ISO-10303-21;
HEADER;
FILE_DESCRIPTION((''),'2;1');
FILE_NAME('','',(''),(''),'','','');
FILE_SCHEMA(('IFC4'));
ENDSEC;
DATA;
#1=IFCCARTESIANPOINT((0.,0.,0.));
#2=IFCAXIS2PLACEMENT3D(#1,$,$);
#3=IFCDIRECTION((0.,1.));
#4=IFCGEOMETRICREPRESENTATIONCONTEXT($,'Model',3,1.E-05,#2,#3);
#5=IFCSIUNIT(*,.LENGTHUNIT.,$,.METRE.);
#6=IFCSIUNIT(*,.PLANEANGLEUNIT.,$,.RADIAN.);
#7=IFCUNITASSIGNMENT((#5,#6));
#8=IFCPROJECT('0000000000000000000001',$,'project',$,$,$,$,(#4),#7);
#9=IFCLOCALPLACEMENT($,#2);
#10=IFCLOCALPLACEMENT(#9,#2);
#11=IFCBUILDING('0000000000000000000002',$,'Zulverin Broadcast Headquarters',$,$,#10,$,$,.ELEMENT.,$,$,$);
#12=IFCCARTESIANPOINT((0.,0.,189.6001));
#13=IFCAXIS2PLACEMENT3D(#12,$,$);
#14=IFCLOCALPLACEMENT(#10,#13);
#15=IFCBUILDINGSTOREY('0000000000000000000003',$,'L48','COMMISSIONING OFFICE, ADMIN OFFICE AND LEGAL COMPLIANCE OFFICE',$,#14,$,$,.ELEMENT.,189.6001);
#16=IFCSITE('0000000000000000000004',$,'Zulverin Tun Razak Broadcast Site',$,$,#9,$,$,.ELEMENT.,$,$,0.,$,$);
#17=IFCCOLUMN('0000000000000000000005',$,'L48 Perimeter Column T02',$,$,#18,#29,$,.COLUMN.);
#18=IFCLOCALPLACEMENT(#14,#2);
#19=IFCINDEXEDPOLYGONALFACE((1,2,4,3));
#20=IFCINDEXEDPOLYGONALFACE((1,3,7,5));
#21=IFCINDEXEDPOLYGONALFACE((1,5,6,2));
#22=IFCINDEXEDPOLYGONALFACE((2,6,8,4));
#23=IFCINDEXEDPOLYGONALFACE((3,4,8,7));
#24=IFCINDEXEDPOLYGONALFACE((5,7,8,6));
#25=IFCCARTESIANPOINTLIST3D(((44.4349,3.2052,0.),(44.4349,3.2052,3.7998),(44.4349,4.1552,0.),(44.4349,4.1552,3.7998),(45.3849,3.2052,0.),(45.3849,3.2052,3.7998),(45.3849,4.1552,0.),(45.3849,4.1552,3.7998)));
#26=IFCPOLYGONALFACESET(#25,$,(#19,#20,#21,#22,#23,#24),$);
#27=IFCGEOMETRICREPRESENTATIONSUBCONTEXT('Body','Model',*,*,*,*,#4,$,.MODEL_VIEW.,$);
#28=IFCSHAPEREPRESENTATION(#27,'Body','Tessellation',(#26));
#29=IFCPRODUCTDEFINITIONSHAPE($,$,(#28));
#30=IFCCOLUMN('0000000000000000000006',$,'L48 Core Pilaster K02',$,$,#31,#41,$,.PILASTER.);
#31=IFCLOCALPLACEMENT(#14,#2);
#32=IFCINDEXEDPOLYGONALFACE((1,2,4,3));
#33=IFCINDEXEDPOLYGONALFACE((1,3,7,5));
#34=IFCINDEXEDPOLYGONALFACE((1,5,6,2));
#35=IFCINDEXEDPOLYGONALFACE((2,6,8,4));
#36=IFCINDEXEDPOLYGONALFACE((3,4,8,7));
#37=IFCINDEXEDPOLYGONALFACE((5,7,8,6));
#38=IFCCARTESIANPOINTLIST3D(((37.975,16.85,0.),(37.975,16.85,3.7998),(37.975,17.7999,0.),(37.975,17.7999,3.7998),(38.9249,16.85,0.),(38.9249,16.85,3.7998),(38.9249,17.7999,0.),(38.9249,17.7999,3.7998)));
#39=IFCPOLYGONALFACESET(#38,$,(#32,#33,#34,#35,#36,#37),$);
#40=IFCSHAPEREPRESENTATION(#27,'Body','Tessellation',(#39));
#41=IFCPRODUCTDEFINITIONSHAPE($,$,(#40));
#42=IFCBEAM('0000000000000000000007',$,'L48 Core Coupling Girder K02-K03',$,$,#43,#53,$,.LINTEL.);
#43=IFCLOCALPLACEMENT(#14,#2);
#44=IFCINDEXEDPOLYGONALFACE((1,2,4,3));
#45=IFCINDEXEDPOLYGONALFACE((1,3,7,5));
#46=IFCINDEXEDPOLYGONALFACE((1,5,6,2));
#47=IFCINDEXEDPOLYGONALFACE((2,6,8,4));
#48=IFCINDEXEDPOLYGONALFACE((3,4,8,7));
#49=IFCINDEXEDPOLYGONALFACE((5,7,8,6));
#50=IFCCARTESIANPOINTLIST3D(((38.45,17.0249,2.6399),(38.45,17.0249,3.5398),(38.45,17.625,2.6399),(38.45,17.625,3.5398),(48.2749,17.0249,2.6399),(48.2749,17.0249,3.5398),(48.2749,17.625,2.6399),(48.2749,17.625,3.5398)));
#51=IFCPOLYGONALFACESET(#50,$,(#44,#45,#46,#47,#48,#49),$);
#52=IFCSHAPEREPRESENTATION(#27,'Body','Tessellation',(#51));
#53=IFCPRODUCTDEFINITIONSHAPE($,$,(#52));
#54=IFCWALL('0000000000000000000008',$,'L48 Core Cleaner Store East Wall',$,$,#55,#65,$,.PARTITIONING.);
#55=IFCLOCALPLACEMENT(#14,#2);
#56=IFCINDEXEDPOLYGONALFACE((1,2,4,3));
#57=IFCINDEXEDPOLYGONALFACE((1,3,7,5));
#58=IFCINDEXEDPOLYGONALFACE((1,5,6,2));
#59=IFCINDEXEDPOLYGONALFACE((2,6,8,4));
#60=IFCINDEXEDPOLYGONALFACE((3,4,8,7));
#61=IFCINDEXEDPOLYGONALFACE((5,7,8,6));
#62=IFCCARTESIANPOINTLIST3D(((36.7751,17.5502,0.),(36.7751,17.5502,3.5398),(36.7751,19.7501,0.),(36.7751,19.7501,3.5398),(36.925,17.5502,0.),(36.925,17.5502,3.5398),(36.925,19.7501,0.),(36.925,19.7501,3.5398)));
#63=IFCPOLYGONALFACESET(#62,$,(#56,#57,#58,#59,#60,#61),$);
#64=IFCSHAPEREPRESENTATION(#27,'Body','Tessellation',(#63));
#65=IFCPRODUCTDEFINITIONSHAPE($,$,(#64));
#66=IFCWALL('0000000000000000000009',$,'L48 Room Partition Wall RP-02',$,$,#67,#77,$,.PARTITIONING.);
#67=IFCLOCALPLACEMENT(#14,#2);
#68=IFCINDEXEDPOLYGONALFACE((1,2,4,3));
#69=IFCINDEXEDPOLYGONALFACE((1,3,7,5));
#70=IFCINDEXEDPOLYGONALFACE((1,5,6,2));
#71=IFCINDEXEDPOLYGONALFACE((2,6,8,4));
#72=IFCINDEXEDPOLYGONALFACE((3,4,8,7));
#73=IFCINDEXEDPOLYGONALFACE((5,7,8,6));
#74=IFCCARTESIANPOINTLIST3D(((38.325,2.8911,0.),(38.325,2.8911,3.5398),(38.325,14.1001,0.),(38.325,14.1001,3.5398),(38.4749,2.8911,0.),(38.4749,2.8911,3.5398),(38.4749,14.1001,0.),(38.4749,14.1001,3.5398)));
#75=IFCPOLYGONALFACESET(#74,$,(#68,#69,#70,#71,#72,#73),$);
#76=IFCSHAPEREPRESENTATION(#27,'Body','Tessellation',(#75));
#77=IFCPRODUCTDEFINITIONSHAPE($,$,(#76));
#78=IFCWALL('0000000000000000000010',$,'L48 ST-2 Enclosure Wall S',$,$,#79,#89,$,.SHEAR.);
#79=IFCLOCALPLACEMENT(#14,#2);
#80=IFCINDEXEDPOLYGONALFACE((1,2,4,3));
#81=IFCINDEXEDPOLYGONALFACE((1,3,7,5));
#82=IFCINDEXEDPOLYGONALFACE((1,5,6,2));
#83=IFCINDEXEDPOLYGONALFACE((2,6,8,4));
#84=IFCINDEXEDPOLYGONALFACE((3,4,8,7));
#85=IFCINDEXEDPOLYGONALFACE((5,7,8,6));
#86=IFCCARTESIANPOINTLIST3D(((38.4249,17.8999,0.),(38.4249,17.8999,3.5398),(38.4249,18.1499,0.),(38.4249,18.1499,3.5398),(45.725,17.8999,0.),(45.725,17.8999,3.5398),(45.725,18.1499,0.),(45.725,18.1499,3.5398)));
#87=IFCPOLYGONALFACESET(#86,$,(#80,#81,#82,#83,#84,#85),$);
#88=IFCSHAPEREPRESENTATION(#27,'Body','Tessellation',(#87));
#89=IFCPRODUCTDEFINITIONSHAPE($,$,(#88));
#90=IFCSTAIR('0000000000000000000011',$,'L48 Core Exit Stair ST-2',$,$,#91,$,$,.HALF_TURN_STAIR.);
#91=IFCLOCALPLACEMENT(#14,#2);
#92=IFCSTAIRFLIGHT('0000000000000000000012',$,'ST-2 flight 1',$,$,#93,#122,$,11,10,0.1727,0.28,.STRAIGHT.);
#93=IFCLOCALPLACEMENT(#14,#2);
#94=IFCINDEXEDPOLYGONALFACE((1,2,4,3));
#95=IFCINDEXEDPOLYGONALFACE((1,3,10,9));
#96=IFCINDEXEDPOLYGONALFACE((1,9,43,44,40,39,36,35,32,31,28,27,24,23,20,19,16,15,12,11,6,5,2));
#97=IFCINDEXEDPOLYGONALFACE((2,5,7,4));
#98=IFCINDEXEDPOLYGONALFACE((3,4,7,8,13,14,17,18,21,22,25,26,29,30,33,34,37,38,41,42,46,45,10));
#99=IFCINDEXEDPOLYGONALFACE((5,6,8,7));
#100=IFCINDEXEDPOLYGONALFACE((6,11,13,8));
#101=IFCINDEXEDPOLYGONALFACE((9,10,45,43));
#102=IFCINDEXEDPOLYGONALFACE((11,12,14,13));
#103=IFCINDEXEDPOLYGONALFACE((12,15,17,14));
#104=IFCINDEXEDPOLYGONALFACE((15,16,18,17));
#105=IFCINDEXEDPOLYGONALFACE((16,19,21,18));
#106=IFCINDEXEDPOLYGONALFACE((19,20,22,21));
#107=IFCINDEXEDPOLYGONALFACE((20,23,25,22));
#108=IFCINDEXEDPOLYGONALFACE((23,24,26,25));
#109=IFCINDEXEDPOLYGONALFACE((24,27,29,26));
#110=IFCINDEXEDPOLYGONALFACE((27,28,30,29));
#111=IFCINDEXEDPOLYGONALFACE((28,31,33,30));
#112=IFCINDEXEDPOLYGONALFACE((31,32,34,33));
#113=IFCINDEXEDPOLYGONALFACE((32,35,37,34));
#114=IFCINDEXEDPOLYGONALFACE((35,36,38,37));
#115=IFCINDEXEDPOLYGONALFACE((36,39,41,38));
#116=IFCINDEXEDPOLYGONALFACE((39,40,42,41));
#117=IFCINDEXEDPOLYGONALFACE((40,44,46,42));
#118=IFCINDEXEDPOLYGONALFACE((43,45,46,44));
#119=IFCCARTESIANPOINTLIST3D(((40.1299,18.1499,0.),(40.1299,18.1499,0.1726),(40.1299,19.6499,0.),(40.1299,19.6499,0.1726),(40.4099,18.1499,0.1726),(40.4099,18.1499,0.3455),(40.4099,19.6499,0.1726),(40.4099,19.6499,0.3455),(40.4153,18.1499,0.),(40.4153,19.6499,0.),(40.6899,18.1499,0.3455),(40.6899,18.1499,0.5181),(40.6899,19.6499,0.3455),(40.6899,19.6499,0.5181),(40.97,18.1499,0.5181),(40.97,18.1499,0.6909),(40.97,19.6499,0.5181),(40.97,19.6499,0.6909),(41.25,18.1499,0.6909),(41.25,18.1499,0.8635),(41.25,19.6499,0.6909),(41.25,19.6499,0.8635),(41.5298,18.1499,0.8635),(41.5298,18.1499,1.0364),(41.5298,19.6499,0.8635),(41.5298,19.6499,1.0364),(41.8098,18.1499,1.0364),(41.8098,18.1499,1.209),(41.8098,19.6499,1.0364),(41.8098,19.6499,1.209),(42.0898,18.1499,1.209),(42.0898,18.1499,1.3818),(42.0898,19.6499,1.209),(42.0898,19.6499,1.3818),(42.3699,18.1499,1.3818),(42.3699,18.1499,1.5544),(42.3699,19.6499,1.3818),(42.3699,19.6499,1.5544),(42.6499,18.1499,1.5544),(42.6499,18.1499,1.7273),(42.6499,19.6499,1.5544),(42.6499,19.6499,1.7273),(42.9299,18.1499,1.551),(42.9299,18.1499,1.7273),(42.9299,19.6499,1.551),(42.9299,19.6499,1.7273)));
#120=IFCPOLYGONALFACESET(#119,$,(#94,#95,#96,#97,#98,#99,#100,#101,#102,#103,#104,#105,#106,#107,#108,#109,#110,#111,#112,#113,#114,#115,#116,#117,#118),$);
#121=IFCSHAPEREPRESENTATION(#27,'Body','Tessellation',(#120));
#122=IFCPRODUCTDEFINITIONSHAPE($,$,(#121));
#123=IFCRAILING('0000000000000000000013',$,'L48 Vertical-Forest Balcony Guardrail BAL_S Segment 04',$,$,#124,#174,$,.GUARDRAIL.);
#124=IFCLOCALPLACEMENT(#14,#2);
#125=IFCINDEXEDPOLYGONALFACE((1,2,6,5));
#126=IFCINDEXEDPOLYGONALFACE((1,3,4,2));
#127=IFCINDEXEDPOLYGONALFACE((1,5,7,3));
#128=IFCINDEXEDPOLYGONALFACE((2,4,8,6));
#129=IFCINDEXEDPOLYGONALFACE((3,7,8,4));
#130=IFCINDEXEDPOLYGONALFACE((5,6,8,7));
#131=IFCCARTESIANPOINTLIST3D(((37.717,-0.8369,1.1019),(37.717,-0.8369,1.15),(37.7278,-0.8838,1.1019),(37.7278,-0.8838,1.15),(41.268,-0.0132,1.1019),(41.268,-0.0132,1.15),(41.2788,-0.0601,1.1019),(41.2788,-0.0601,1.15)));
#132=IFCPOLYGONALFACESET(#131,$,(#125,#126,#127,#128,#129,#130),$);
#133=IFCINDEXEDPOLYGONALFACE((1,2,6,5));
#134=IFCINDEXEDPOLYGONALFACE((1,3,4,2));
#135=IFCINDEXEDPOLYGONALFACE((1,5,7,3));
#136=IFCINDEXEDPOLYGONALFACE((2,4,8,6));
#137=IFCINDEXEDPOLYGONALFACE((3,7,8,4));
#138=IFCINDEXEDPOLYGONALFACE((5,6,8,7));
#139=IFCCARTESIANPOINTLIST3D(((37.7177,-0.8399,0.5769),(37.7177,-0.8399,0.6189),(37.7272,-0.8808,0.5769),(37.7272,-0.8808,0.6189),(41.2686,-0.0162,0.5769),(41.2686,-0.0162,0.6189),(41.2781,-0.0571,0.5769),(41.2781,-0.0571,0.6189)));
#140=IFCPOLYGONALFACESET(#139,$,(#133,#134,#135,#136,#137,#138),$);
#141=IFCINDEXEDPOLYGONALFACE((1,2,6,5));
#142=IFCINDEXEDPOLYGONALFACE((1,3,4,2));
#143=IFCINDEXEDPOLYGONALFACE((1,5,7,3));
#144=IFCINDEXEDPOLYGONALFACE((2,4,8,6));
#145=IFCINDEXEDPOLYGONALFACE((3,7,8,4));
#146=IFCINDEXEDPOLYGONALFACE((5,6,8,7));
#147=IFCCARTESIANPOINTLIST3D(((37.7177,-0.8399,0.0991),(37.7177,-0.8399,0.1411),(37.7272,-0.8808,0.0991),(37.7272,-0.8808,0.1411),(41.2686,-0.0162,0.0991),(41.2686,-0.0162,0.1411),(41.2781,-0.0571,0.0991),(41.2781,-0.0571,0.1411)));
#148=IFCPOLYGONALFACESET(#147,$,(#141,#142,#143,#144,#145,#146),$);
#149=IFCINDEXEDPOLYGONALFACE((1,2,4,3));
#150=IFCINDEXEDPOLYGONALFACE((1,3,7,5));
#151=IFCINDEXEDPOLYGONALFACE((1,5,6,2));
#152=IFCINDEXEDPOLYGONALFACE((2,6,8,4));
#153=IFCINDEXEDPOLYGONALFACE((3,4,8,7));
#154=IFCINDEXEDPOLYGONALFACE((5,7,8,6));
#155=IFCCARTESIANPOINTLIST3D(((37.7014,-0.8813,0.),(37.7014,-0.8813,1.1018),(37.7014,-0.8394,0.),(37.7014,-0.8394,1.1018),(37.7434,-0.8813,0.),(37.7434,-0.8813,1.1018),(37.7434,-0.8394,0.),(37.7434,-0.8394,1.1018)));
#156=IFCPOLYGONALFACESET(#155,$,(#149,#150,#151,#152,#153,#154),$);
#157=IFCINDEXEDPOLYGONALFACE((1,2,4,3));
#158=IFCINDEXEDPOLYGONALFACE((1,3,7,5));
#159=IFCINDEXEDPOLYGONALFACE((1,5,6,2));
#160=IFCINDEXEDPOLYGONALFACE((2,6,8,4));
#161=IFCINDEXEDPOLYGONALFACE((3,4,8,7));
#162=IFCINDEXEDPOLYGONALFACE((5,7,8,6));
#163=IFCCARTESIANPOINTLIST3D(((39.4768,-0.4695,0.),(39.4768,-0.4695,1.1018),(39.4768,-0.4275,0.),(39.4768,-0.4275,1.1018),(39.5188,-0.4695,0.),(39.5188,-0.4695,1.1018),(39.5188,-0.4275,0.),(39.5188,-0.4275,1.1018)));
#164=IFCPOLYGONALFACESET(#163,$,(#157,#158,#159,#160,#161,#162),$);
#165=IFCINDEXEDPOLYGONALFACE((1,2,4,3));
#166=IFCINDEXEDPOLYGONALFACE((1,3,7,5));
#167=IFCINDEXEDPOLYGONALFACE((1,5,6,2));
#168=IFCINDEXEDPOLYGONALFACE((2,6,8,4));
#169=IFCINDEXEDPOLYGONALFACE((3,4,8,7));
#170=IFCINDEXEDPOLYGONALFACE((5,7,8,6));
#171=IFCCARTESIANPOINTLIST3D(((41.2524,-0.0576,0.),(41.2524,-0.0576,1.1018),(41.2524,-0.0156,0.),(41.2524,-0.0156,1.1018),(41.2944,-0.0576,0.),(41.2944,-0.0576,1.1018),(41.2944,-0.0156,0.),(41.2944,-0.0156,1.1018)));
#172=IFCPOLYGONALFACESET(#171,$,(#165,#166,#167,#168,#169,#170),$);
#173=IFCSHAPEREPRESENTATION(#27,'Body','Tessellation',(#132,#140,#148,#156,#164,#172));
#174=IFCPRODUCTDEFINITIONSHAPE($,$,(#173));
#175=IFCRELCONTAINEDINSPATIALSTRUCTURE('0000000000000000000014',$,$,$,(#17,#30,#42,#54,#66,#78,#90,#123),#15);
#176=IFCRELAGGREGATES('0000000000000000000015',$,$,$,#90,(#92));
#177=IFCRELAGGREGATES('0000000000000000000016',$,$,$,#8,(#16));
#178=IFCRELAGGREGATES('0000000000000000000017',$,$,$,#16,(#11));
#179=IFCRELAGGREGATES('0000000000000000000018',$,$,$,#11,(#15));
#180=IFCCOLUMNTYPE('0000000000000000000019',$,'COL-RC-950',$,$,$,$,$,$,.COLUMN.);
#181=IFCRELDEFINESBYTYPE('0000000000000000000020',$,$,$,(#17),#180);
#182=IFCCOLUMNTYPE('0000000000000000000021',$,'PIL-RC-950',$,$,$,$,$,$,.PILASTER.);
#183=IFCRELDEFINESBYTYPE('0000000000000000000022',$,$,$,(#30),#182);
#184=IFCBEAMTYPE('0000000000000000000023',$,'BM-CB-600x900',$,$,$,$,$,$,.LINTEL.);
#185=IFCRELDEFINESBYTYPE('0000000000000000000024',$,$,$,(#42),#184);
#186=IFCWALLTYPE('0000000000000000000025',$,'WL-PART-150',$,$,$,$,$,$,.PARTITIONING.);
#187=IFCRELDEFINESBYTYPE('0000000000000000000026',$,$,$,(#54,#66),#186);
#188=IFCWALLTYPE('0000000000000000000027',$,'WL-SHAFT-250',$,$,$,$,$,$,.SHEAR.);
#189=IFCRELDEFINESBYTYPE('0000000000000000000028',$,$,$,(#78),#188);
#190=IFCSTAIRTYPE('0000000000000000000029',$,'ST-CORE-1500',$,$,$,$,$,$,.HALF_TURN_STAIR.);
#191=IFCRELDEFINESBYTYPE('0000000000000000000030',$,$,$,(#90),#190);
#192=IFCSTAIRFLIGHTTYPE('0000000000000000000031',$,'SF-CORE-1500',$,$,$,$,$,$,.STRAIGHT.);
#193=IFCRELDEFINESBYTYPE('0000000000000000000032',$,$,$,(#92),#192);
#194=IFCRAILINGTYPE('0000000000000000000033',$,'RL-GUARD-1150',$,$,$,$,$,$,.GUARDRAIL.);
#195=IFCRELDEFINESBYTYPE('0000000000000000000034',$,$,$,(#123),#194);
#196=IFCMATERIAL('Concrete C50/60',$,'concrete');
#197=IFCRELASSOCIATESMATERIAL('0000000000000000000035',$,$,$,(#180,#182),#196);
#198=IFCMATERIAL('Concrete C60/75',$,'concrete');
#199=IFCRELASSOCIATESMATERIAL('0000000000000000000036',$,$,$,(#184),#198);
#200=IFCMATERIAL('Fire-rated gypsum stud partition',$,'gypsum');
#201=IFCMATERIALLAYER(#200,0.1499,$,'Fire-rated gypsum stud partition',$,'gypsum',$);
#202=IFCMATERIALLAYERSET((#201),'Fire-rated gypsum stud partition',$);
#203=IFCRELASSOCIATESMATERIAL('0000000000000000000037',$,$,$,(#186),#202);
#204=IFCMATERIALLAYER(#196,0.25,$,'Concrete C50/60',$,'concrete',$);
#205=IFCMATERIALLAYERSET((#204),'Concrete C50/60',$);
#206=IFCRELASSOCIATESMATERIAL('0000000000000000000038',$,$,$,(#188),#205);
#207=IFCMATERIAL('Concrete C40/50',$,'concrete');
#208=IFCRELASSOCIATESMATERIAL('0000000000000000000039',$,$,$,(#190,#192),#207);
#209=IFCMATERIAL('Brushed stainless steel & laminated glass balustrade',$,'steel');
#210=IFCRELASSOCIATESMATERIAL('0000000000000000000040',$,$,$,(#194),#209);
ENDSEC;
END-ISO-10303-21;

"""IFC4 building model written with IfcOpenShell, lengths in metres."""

from ifc_helpers import new_model, si_unit, direction, frame, frame_2d, origin, origin_2d, place, context, subcontext, project, spatial, polyline, rectangle, outline, extrude, material, layer, layer_set, material_profile, profile_set, type_object, element, aggregate, save


model = new_model("IFC4")

# Units and contexts
model_context = context("Model", 3, precision=1e-05, world=origin(), true_north=direction((0.0, 1.0)))
body_context = subcontext(model_context, "Body", "Model", "MODEL_VIEW")
ifc_project = project(units=[si_unit("LENGTHUNIT", "METRE"), si_unit("PLANEANGLEUNIT", "RADIAN")], contexts=[model_context])

# Site, building, storey
site_placement = place(None, origin())
site = spatial("IfcSite", under=ifc_project, at=site_placement, Name="Zulverin Tun Razak Broadcast Site", CompositionType="ELEMENT", RefElevation=0.0)
building_placement = place(site_placement, origin())
building = spatial("IfcBuilding", under=site, at=building_placement, Name="Zulverin Broadcast Headquarters", CompositionType="ELEMENT")
storey_placement = place(building_placement, frame((0.0, 0.0, 189.6001)))
storey = spatial("IfcBuildingStorey", under=building, at=storey_placement, Name="L48", Description="COMMISSIONING OFFICE, ADMIN OFFICE AND LEGAL COMPLIANCE OFFICE", CompositionType="ELEMENT", Elevation=189.6001)

# Columns
ifc_material_1 = material(Name="Concrete C50/60", Category="concrete")
ifc_material_profile_1 = material_profile(ifc_material_1, rectangle(XDim=0.95, YDim=0.95, at=origin_2d()), Name="Concrete C50/60", Category="concrete")
ifc_profile_set_1 = profile_set([ifc_material_profile_1], Name="Concrete C50/60")
column_type_1 = type_object("IfcColumnType", Name="COL-RC-950", PredefinedType="COLUMN", material=ifc_profile_set_1)
column_1_placement = place(storey_placement, frame((44.9099, 3.6802, 0.0), z_axis=(0.0, 0.0, 1.0), x_axis=(1.0, 0.0, 0.0)))
element("IfcColumn", 1, at=column_1_placement, inside=storey, type_object=column_type_1, Name="L48 Perimeter Column T02", PredefinedType="COLUMN", context=body_context, shape_type="SweptSolid", body=[
    extrude(rectangle(XDim=0.95, YDim=0.95, at=origin_2d()), origin(), (0.0, 0.0, 1.0), 3.7998),
])
ifc_material_profile_2 = material_profile(ifc_material_1, rectangle(XDim=0.95, YDim=0.95, at=origin_2d()), Name="Concrete C50/60", Category="concrete")
ifc_profile_set_2 = profile_set([ifc_material_profile_2], Name="Concrete C50/60")
column_type_2 = type_object("IfcColumnType", Name="PIL-RC-950", PredefinedType="PILASTER", material=ifc_profile_set_2)
column_2_placement = place(storey_placement, frame((38.45, 17.325, 0.0), z_axis=(0.0, 0.0, 1.0), x_axis=(1.0, 0.0, 0.0)))
element("IfcColumn", 2, at=column_2_placement, inside=storey, type_object=column_type_2, Name="L48 Core Pilaster K02", PredefinedType="PILASTER", context=body_context, shape_type="SweptSolid", body=[
    extrude(rectangle(XDim=0.95, YDim=0.95, at=origin_2d()), origin(), (0.0, 0.0, 1.0), 3.7998),
])

# Beam
ifc_material_2 = material(Name="Concrete C60/75", Category="concrete")
ifc_material_profile_3 = material_profile(ifc_material_2, rectangle(XDim=0.6001, YDim=0.8999, at=origin_2d()), Name="Concrete C60/75", Category="concrete")
ifc_profile_set_3 = profile_set([ifc_material_profile_3], Name="Concrete C60/75")
beam_type = type_object("IfcBeamType", Name="BM-CB-600x900", PredefinedType="LINTEL", material=ifc_profile_set_3)
beam_placement = place(storey_placement, frame((38.45, 17.325, 3.0898), z_axis=(1.0, 0.0, 0.0), x_axis=(0.0, 1.0, 0.0)))
element("IfcBeam", 3, at=beam_placement, inside=storey, type_object=beam_type, Name="L48 Core Coupling Girder K02-K03", PredefinedType="LINTEL", context=body_context, shape_type="SweptSolid", body=[
    extrude(rectangle(XDim=0.6001, YDim=0.8999, at=origin_2d()), origin(), (0.0, 0.0, 1.0), 9.825),
])

# Walls
ifc_material_3 = material(Name="Fire-rated gypsum stud partition", Category="gypsum")
ifc_layer_1 = layer(ifc_material_3, 0.1499, Name="Fire-rated gypsum stud partition", Category="gypsum")
ifc_layer_set_1 = layer_set([ifc_layer_1], Name="Fire-rated gypsum stud partition")
wall_type_1 = type_object("IfcWallType", Name="WL-PART-150", PredefinedType="PARTITIONING", material=ifc_layer_set_1)
wall_1_placement = place(storey_placement, frame((36.8501, 17.55, 0.0), z_axis=(0.0, 0.0, 1.0), x_axis=(0.0, 1.0, 0.0)))
element("IfcWall", 4, at=wall_1_placement, inside=storey, type_object=wall_type_1, Name="L48 Core Cleaner Store East Wall", PredefinedType="PARTITIONING", context=body_context, shape_type="SweptSolid", body=[
    extrude(rectangle(XDim=2.2, YDim=0.1499, at=frame_2d((1.1001, 0.0))), origin(), (0.0, 0.0, 1.0), 3.5398),
])
wall_2_placement = place(storey_placement, frame((38.3999, 2.8911, 0.0), z_axis=(0.0, 0.0, 1.0), x_axis=(0.0, 1.0, 0.0)))
element("IfcWall", 5, at=wall_2_placement, inside=storey, type_object=wall_type_1, Name="L48 Room Partition Wall RP-02", PredefinedType="PARTITIONING", context=body_context, shape_type="SweptSolid", body=[
    extrude(rectangle(XDim=11.209, YDim=0.1499, at=frame_2d((5.6045, 0.0))), origin(), (0.0, 0.0, 1.0), 3.5398),
])
ifc_layer_2 = layer(ifc_material_1, 0.25, Name="Concrete C50/60", Category="concrete")
ifc_layer_set_2 = layer_set([ifc_layer_2], Name="Concrete C50/60")
wall_type_2 = type_object("IfcWallType", Name="WL-SHAFT-250", PredefinedType="SHEAR", material=ifc_layer_set_2)
wall_3_placement = place(storey_placement, frame((38.425, 18.0249, 0.0), z_axis=(0.0, 0.0, 1.0), x_axis=(1.0, 0.0, 0.0)))
element("IfcWall", 6, at=wall_3_placement, inside=storey, type_object=wall_type_2, Name="L48 ST-2 Enclosure Wall S", PredefinedType="SHEAR", context=body_context, shape_type="SweptSolid", body=[
    extrude(rectangle(XDim=7.3, YDim=0.25, at=frame_2d((3.6499, 0.0))), origin(), (0.0, 0.0, 1.0), 3.5398),
])

# Stair, stair flight
ifc_material_4 = material(Name="Concrete C40/50", Category="concrete")
stair_type = type_object("IfcStairType", Name="ST-CORE-1500", PredefinedType="HALF_TURN_STAIR", material=ifc_material_4)
stair_placement = place(storey_placement, origin())
stair = element("IfcStair", 7, at=stair_placement, inside=storey, type_object=stair_type, Name="L48 Core Exit Stair ST-2", PredefinedType="HALF_TURN_STAIR")
stair_flight_type = type_object("IfcStairFlightType", Name="SF-CORE-1500", PredefinedType="STRAIGHT", material=ifc_material_4)
stair_flight_placement = place(storey_placement, frame((40.1299, 18.8999, 0.0), z_axis=(0.0, 0.0, 1.0), x_axis=(1.0, 0.0, 0.0)))
stair_flight = element("IfcStairFlight", 8, at=stair_flight_placement, type_object=stair_flight_type, Name="ST-2 flight 1", NumberOfRisers=11, NumberOfTreads=10, PredefinedType="STRAIGHT", RiserHeight=0.1727, TreadLength=0.28, context=body_context, shape_type="SweptSolid", body=[
    extrude(outline(polyline([(0.0, 0.0), (0.0, 0.1726), (0.28, 0.1726), (0.28, 0.3455), (0.5601, 0.3455), (0.5601, 0.5181), (0.8401, 0.5181), (0.8401, 0.6909), (1.1201, 0.6909), (1.1201, 0.8635), (1.3999, 0.8635), (1.3999, 1.0364), (1.6799, 1.0364), (1.6799, 1.209), (1.96, 1.209), (1.96, 1.3818), (2.24, 1.3818), (2.24, 1.5544), (2.52, 1.5544), (2.52, 1.7273), (2.8, 1.7273), (2.8, 1.8999), (2.8, 1.551), (0.2854, 0.0), (0.0, 0.0)])), frame((0.0, 0.75, 0.0), z_axis=(0.0, -1.0, 0.0), x_axis=(1.0, 0.0, 0.0)), (0.0, 0.0, 1.0), 1.5),
])
aggregate(stair, [stair_flight])

# Railing
ifc_material_5 = material(Name="Brushed stainless steel & laminated glass balustrade", Category="steel")
railing_type_1 = type_object("IfcRailingType", Name="RL-GUARD-1150", PredefinedType="GUARDRAIL", material=ifc_material_5)
railing_1_placement = place(storey_placement, frame((37.7224, -0.8604, 0.0)))
element("IfcRailing", 9, at=railing_1_placement, inside=storey, type_object=railing_type_1, Name="L48 Vertical-Forest Balcony Guardrail BAL_S Segment 04", PredefinedType="GUARDRAIL", context=body_context, shape_type="SweptSolid", body=[
    extrude(rectangle(XDim=0.0481, YDim=0.0481, at=origin_2d()), frame((0.0, 0.0, 1.126), z_axis=(0.974134, 0.22597, 0.0), x_axis=(-0.22597, 0.974134, 0.0)), (0.0, 0.0, 1.0), 3.6453),
    extrude(rectangle(XDim=0.042, YDim=0.042, at=origin_2d()), frame((0.0, 0.0, 0.5979), z_axis=(0.974134, 0.22597, 0.0), x_axis=(-0.22597, 0.974134, 0.0)), (0.0, 0.0, 1.0), 3.6453),
    extrude(rectangle(XDim=0.042, YDim=0.042, at=origin_2d()), frame((0.0, 0.0, 0.1201), z_axis=(0.974134, 0.22597, 0.0), x_axis=(-0.22597, 0.974134, 0.0)), (0.0, 0.0, 1.0), 3.6453),
    extrude(rectangle(XDim=0.042, YDim=0.042, at=origin_2d()), origin(), (0.0, 0.0, 1.0), 1.1018),
    extrude(rectangle(XDim=0.042, YDim=0.042, at=origin_2d()), frame((1.7754, 0.4119, 0.0)), (0.0, 0.0, 1.0), 1.1018),
    extrude(rectangle(XDim=0.042, YDim=0.042, at=origin_2d()), frame((3.551, 0.8237, 0.0)), (0.0, 0.0, 1.0), 1.1018),
])

save(model, "model.ifc")
